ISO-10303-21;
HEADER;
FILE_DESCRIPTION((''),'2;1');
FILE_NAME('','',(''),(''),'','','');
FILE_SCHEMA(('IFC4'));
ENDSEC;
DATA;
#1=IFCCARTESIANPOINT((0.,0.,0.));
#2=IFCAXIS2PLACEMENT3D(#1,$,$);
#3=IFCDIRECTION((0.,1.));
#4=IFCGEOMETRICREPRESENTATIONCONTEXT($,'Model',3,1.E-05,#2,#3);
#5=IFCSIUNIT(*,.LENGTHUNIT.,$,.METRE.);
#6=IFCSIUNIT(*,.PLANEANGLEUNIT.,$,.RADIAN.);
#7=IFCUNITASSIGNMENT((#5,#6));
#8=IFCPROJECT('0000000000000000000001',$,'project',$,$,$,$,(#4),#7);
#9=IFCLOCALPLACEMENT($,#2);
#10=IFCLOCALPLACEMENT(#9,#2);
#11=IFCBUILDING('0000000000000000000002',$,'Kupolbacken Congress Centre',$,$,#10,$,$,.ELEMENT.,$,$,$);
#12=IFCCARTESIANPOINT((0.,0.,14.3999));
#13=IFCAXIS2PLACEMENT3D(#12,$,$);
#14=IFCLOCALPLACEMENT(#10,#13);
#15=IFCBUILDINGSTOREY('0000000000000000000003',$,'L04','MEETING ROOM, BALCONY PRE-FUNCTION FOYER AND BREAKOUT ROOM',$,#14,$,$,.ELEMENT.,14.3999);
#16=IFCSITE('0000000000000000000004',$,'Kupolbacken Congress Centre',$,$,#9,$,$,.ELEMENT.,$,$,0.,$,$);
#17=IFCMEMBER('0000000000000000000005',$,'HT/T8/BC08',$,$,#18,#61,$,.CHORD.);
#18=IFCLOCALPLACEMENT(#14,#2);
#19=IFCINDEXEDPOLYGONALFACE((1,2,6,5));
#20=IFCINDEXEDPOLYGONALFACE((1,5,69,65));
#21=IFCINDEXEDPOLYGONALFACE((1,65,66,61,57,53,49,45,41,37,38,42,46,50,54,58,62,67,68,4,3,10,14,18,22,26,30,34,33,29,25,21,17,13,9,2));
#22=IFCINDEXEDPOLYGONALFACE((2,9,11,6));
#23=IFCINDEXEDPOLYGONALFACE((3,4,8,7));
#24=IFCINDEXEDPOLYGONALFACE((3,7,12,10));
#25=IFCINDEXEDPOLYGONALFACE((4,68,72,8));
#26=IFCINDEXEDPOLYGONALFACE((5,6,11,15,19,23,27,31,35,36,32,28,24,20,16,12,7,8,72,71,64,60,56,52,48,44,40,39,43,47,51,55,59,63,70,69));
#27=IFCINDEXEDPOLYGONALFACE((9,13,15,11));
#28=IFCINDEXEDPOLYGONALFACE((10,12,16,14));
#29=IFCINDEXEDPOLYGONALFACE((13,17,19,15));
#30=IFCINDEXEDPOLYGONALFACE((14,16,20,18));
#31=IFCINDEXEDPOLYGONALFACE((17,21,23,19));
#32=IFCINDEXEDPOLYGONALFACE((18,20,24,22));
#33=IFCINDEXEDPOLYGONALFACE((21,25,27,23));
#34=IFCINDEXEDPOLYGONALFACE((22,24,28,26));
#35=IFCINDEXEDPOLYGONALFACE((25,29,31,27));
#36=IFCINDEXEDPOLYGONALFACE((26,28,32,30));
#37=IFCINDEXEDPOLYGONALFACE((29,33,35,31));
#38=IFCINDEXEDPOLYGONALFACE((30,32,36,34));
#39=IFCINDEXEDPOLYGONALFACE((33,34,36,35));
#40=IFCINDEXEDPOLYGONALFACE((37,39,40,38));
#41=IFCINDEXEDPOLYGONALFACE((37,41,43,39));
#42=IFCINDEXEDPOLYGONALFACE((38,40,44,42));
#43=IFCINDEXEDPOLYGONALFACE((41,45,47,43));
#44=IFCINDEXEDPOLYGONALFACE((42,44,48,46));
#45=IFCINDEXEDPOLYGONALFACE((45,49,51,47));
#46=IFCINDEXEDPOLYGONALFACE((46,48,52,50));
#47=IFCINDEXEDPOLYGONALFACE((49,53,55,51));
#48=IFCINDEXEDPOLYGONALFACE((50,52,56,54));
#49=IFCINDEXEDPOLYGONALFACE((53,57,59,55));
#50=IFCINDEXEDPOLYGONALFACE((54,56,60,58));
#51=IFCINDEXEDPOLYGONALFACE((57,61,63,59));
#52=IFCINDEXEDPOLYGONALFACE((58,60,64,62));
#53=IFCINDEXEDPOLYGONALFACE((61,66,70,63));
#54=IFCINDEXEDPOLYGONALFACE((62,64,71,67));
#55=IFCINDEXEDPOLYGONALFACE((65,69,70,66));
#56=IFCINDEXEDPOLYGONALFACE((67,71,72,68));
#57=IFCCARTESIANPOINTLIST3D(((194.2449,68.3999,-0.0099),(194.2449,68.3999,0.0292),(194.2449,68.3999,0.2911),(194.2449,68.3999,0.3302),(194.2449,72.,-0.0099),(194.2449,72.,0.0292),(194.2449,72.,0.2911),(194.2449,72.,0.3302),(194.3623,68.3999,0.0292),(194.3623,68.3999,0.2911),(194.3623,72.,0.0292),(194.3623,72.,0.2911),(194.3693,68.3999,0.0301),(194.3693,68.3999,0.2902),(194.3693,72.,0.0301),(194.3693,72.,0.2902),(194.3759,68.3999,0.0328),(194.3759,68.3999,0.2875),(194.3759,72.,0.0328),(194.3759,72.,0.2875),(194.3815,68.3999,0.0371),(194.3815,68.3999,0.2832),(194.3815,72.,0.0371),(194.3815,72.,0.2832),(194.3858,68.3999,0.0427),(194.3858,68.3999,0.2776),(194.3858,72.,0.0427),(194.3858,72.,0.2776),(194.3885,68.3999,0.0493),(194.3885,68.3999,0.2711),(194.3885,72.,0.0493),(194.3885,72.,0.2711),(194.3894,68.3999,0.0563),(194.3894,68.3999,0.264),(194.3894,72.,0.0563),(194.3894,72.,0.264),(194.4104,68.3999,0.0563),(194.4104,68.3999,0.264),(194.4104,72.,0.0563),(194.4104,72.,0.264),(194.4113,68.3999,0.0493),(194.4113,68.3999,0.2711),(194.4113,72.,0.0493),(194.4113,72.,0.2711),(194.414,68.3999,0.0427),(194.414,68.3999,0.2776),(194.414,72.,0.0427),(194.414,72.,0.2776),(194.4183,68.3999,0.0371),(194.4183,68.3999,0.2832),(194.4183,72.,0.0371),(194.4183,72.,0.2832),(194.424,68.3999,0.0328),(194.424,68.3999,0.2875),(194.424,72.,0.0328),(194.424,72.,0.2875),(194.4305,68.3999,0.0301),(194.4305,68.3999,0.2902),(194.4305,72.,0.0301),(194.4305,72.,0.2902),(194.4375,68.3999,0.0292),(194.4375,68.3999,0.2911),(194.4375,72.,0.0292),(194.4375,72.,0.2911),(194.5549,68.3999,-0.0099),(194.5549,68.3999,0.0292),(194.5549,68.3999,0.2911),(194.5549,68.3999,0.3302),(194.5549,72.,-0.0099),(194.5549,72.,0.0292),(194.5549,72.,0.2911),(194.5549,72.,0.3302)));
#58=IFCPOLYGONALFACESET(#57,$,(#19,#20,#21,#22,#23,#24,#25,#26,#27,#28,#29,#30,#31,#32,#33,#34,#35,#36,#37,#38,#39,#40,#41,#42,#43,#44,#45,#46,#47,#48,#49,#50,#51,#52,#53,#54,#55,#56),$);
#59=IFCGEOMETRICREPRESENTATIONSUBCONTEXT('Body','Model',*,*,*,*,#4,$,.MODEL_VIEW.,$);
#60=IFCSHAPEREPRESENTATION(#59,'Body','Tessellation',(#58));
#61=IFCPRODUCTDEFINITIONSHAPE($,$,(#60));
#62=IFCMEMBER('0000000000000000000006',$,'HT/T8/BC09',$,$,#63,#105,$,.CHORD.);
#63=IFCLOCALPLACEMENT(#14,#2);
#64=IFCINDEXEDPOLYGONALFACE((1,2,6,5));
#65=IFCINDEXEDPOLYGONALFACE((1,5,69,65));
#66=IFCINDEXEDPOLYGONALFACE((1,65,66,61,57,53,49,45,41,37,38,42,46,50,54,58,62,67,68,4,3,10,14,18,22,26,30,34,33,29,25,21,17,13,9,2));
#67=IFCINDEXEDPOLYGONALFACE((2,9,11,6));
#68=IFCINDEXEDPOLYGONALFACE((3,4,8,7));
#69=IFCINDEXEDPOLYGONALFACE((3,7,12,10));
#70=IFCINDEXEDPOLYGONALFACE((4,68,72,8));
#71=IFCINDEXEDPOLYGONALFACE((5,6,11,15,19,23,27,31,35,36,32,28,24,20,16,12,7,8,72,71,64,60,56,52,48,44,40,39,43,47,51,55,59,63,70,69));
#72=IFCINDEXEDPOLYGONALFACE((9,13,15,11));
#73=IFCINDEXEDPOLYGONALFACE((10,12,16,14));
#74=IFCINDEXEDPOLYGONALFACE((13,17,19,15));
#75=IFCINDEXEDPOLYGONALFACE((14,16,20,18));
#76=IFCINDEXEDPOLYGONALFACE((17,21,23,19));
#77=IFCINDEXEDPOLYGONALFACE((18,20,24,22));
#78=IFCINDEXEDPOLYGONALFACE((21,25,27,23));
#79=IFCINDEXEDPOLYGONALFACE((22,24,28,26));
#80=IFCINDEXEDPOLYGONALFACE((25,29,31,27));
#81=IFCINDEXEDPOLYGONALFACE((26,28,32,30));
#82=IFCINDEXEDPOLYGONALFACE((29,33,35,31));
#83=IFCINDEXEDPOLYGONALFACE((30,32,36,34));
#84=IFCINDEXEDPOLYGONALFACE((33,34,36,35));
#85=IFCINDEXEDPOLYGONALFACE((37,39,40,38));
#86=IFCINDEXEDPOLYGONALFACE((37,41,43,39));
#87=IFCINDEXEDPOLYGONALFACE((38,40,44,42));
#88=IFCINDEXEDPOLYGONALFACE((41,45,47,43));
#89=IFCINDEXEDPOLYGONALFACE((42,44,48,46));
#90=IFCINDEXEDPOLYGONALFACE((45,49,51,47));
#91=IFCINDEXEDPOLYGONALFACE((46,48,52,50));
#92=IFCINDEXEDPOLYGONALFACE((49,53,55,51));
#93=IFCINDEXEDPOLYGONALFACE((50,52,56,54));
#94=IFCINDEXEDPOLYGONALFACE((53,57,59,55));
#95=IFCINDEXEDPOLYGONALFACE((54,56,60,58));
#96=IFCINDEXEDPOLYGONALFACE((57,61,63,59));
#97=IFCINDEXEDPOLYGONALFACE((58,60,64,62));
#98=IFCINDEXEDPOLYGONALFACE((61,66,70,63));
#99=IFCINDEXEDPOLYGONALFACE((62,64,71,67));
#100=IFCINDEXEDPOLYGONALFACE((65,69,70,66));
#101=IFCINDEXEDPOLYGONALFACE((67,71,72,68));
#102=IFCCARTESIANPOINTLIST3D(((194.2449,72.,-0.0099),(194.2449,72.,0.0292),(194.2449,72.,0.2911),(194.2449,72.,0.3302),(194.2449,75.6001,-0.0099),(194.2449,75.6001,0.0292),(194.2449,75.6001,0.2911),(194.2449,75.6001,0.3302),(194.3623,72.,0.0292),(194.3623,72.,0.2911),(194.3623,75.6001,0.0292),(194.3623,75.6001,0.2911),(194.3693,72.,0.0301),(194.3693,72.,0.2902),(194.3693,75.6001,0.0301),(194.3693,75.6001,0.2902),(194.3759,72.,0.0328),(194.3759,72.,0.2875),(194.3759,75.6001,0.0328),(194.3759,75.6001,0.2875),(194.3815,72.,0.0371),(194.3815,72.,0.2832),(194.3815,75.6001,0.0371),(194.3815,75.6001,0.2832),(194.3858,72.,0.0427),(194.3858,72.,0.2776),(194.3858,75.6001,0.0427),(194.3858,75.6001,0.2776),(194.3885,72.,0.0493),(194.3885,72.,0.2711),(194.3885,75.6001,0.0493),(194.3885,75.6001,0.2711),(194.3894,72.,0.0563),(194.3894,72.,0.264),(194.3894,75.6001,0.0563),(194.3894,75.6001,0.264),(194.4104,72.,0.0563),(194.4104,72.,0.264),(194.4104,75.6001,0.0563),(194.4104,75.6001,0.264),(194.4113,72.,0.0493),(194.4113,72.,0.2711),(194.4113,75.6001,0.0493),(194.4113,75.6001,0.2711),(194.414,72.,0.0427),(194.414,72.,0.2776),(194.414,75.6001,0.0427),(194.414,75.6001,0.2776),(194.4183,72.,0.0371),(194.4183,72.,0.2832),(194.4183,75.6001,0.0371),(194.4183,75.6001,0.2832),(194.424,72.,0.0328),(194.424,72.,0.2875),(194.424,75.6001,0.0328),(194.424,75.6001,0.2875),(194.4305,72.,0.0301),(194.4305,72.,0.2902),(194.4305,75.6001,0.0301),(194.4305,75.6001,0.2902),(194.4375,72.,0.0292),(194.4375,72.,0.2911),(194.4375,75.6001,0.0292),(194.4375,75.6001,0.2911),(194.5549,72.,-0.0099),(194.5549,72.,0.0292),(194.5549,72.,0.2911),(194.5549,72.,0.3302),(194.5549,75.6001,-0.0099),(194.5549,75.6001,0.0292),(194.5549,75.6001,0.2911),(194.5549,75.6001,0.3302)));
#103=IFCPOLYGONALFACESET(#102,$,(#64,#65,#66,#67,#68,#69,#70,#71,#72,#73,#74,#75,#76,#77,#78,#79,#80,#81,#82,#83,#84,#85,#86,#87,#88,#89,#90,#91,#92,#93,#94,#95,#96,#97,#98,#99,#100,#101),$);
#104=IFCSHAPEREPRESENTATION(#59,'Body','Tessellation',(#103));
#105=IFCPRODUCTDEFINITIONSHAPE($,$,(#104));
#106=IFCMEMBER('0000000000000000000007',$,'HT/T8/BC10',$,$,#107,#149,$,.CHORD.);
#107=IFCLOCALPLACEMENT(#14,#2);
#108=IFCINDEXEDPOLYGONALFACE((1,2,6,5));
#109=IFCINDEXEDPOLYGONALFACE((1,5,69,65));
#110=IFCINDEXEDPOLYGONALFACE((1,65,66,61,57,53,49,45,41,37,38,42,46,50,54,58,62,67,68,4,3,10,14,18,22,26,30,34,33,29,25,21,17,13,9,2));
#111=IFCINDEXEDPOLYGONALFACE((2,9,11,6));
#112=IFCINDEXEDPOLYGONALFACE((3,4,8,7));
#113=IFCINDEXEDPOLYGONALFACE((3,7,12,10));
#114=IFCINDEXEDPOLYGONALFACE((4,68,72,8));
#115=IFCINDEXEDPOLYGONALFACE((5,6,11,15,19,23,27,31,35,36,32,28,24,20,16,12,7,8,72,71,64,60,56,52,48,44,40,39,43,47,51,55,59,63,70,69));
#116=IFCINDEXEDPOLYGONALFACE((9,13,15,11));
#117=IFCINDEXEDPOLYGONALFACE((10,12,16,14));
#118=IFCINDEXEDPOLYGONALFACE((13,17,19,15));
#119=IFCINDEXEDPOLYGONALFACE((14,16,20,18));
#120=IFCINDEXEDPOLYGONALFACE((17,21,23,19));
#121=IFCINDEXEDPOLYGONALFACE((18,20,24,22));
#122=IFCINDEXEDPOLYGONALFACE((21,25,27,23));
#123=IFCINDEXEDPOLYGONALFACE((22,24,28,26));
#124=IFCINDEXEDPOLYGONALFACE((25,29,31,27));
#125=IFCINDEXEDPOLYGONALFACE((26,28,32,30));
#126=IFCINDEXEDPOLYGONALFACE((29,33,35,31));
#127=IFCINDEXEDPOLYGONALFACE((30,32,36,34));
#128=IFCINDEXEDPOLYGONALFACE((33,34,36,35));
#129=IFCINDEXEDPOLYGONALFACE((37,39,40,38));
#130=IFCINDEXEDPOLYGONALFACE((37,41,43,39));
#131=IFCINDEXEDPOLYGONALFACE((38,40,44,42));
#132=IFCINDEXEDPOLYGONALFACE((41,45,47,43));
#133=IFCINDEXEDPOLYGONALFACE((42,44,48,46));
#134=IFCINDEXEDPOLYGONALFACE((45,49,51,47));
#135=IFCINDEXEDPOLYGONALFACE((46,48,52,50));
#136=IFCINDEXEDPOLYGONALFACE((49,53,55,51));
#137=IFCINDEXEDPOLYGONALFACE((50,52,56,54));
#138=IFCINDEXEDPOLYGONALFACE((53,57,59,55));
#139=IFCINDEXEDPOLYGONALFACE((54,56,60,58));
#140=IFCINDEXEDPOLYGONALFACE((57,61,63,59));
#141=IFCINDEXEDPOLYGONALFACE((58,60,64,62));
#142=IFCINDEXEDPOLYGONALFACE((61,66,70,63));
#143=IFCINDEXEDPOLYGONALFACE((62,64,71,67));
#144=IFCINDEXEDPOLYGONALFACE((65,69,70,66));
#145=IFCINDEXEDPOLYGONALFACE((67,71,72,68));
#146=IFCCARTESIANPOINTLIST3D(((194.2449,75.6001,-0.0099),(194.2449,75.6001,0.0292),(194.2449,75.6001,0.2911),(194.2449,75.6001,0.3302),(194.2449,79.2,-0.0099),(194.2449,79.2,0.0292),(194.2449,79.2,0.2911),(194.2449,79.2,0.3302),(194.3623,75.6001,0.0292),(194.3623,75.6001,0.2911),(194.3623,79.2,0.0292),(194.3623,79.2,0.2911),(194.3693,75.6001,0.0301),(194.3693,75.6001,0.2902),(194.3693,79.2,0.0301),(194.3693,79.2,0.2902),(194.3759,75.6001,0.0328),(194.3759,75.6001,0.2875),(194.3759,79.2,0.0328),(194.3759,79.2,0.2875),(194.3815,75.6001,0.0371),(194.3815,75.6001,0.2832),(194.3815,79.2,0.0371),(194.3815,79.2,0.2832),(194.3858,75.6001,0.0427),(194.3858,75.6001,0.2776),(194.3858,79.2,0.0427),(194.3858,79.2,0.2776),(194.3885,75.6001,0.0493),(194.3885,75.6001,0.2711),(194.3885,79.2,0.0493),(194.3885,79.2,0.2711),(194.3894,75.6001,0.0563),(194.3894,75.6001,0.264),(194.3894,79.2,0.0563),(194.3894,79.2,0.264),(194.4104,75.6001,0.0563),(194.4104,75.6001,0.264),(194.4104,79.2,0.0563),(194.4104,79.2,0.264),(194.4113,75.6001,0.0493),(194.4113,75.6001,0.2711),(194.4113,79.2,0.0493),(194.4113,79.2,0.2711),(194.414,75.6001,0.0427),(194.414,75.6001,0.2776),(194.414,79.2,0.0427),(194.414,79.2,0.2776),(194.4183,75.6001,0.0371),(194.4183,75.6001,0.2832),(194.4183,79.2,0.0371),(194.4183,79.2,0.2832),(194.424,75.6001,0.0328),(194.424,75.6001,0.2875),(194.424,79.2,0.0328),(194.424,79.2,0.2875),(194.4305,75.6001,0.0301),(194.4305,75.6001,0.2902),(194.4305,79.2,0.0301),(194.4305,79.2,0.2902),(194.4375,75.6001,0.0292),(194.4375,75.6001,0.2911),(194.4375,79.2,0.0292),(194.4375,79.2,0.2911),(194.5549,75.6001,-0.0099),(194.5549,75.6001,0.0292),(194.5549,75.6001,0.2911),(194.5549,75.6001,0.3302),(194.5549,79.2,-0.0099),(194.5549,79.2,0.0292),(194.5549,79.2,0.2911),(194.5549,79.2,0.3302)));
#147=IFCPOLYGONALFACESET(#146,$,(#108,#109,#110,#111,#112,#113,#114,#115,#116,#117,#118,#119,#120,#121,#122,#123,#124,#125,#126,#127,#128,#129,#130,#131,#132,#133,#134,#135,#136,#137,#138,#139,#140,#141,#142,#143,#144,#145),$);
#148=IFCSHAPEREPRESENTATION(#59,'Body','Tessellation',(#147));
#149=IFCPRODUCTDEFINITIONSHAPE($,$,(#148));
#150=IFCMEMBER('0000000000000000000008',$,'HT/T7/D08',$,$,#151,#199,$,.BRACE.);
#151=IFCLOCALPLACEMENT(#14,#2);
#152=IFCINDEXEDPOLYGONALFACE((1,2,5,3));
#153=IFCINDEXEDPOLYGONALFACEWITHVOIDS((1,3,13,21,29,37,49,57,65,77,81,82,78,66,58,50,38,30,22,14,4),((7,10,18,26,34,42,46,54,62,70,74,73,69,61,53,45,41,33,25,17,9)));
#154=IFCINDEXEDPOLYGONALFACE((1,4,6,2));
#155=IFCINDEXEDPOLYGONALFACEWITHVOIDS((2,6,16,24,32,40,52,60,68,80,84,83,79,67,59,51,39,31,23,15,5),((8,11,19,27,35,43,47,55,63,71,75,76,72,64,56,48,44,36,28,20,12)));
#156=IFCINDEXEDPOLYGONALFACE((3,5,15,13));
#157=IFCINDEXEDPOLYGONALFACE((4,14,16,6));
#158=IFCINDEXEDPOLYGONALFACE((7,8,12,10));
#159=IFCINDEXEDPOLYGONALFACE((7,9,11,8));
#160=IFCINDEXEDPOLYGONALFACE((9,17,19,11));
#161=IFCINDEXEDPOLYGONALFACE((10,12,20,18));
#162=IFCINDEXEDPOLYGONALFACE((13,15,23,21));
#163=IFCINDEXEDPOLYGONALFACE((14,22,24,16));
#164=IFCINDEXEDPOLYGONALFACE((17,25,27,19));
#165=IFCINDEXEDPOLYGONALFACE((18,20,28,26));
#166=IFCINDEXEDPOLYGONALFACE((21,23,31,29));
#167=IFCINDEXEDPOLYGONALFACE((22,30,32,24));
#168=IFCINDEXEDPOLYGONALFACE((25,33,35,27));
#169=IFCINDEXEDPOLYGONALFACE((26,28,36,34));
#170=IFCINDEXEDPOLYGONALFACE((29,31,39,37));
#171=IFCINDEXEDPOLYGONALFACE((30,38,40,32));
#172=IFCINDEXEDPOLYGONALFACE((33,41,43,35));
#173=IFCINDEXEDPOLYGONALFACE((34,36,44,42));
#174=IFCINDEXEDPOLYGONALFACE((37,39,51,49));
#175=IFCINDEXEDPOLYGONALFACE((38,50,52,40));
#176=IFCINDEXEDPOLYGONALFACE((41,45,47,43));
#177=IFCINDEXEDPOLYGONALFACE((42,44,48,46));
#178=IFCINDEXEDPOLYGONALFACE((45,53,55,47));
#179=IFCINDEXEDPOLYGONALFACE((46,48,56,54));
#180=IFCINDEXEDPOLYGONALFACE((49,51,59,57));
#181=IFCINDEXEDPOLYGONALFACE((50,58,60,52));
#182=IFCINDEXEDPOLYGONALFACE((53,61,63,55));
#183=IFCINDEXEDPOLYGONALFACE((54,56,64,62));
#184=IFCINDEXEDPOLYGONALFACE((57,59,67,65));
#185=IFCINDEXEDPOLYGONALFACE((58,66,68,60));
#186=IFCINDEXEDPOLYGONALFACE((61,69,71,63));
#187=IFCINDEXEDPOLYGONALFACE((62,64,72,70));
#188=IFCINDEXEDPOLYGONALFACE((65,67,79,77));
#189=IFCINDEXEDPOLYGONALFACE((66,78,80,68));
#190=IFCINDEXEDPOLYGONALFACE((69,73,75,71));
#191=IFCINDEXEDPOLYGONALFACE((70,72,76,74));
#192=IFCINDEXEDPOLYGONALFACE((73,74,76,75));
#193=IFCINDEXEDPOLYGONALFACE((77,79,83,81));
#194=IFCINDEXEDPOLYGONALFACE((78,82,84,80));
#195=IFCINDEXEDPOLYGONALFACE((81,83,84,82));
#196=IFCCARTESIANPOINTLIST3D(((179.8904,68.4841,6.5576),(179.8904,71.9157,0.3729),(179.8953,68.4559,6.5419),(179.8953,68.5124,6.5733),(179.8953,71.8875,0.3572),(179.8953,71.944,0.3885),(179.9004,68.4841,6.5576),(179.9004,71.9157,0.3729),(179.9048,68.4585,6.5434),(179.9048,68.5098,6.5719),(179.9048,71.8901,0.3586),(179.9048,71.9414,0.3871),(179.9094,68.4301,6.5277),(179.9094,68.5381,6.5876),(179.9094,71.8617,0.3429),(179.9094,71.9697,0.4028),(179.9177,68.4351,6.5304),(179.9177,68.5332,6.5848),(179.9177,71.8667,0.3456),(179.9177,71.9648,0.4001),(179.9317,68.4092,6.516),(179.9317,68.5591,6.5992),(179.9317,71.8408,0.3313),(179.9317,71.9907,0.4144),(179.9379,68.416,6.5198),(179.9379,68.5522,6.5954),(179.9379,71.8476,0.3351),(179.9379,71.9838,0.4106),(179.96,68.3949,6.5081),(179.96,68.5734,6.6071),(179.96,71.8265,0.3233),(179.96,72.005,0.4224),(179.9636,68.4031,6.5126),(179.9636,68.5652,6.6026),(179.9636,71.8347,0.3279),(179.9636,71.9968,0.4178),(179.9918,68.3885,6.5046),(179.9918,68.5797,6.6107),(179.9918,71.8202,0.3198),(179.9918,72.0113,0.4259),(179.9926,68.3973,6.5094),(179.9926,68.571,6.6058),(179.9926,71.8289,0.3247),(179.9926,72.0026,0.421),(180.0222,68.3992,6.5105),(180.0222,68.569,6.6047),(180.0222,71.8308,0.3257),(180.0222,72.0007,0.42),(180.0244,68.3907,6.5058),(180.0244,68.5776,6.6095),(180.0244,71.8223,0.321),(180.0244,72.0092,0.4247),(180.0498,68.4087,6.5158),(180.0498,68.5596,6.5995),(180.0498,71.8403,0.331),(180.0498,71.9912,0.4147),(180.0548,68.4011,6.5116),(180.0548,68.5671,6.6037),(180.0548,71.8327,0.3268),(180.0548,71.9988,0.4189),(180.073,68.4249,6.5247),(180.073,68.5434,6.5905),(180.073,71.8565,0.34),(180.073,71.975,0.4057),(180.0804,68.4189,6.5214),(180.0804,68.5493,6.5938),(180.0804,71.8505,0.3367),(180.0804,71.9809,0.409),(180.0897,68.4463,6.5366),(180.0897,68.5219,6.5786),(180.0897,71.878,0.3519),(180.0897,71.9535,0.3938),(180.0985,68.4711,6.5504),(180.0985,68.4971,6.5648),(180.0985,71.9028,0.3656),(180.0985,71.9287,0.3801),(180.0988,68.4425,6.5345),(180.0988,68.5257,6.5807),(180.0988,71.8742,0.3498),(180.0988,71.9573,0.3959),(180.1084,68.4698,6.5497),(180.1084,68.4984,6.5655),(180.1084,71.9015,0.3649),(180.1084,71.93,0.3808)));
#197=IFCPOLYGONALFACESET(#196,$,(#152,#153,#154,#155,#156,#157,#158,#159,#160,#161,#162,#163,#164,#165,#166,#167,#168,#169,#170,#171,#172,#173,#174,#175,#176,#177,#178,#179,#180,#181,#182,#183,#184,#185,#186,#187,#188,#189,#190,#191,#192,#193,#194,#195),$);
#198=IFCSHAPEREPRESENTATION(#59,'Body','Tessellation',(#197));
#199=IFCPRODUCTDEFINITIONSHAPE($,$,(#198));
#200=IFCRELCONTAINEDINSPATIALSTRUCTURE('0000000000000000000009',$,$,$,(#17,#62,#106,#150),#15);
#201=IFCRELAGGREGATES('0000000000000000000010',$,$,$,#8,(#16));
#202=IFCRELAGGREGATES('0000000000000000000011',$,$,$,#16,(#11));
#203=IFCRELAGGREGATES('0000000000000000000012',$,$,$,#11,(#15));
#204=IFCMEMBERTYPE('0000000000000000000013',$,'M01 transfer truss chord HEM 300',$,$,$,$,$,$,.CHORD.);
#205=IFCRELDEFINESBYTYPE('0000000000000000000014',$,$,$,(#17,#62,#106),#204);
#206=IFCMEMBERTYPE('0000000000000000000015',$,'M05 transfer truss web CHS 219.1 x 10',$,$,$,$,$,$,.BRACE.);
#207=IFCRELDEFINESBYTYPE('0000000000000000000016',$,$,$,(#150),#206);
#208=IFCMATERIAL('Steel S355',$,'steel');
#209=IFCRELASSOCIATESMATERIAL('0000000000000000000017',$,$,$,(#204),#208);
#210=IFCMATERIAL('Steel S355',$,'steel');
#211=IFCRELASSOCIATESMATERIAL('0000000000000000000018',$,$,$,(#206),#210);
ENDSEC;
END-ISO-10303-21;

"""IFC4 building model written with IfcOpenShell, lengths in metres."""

from ifc_helpers import new_model, si_unit, direction, frame, origin, origin_2d, place, context, subcontext, project, spatial, hollow_circle, i_section, extrude, material, material_profile, profile_set, type_object, element, save


model = new_model("IFC4")

# Units and contexts
model_context = context("Model", 3, precision=1e-05, world=origin(), true_north=direction((0.0, 1.0)))
body_context = subcontext(model_context, "Body", "Model", "MODEL_VIEW")
ifc_project = project(units=[si_unit("LENGTHUNIT", "METRE"), si_unit("PLANEANGLEUNIT", "RADIAN")], contexts=[model_context])

# Site, building, storey
site_placement = place(None, origin())
site = spatial("IfcSite", under=ifc_project, at=site_placement, Name="Kupolbacken Congress Centre", CompositionType="ELEMENT", RefElevation=0.0)
building_placement = place(site_placement, origin())
building = spatial("IfcBuilding", under=site, at=building_placement, Name="Kupolbacken Congress Centre", CompositionType="ELEMENT")
storey_placement = place(building_placement, frame((0.0, 0.0, 14.3999)))
storey = spatial("IfcBuildingStorey", under=building, at=storey_placement, Name="L04", Description="MEETING ROOM, BALCONY PRE-FUNCTION FOYER AND BREAKOUT ROOM", CompositionType="ELEMENT", Elevation=14.3999)

# Members
ifc_material_1 = material(Name="Steel S355", Category="steel")
ifc_material_profile_1 = material_profile(ifc_material_1, i_section(OverallWidth=0.3101, OverallDepth=0.3401, WebThickness=0.021, FlangeThickness=0.0391, FilletRadius=0.0271, at=origin_2d()), Name="HEM 300")
ifc_profile_set_1 = profile_set([ifc_material_profile_1], Name="Steel S355")
member_type_1 = type_object("IfcMemberType", Name="M01 transfer truss chord HEM 300", PredefinedType="CHORD", material=ifc_profile_set_1)
for number, where, z_axis, x_axis, name in (
    (1, (194.3999, 68.3999, 0.1602), (0.0, 1.0, 0.0), (-1.0, 0.0, 0.0), "HT/T8/BC08"),
    (2, (194.3999, 72.0, 0.1602), (0.0, 1.0, 0.0), (-1.0, 0.0, 0.0), "HT/T8/BC09"),
):
    element("IfcMember", number, at=place(storey_placement, frame(where, z_axis=z_axis, x_axis=x_axis)), inside=storey, type_object=member_type_1, Name=name, PredefinedType="CHORD", context=body_context, shape_type="SweptSolid", body=[
        extrude(i_section(OverallWidth=0.3101, OverallDepth=0.3401, WebThickness=0.021, FlangeThickness=0.0391, FilletRadius=0.0271, at=origin_2d()), origin(), (0.0, 0.0, 1.0), 3.6001),
    ])
member_1_placement = place(storey_placement, frame((194.3999, 75.6001, 0.1602), z_axis=(0.0, 1.0, 0.0), x_axis=(-1.0, 0.0, 0.0)))
element("IfcMember", 3, at=member_1_placement, inside=storey, type_object=member_type_1, Name="HT/T8/BC10", PredefinedType="CHORD", context=body_context, shape_type="SweptSolid", body=[
    extrude(i_section(OverallWidth=0.3101, OverallDepth=0.3401, WebThickness=0.021, FlangeThickness=0.0391, FilletRadius=0.0271, at=origin_2d()), origin(), (0.0, 0.0, 1.0), 3.5999),
])
ifc_material_2 = material(Name="Steel S355", Category="steel")
ifc_material_profile_2 = material_profile(ifc_material_2, hollow_circle(Radius=0.1096, WallThickness=0.01, at=origin_2d()), Name="CHS 219.1 x 10")
ifc_profile_set_2 = profile_set([ifc_material_profile_2], Name="Steel S355")
member_type_2 = type_object("IfcMemberType", Name="M05 transfer truss web CHS 219.1 x 10", PredefinedType="BRACE", material=ifc_profile_set_2)
member_2_placement = place(storey_placement, frame((180.0, 68.4841, 6.5576), z_axis=(0.0, 0.485171, -0.874419), x_axis=(-1.0, 0.0, 0.0)))
element("IfcMember", 4, at=member_2_placement, inside=storey, type_object=member_type_2, Name="HT/T7/D08", PredefinedType="BRACE", context=body_context, shape_type="SweptSolid", body=[
    extrude(hollow_circle(Radius=0.1096, WallThickness=0.01, at=origin_2d()), origin(), (0.0, 0.0, 1.0), 7.073),
])

save(model, "model.ifc")
